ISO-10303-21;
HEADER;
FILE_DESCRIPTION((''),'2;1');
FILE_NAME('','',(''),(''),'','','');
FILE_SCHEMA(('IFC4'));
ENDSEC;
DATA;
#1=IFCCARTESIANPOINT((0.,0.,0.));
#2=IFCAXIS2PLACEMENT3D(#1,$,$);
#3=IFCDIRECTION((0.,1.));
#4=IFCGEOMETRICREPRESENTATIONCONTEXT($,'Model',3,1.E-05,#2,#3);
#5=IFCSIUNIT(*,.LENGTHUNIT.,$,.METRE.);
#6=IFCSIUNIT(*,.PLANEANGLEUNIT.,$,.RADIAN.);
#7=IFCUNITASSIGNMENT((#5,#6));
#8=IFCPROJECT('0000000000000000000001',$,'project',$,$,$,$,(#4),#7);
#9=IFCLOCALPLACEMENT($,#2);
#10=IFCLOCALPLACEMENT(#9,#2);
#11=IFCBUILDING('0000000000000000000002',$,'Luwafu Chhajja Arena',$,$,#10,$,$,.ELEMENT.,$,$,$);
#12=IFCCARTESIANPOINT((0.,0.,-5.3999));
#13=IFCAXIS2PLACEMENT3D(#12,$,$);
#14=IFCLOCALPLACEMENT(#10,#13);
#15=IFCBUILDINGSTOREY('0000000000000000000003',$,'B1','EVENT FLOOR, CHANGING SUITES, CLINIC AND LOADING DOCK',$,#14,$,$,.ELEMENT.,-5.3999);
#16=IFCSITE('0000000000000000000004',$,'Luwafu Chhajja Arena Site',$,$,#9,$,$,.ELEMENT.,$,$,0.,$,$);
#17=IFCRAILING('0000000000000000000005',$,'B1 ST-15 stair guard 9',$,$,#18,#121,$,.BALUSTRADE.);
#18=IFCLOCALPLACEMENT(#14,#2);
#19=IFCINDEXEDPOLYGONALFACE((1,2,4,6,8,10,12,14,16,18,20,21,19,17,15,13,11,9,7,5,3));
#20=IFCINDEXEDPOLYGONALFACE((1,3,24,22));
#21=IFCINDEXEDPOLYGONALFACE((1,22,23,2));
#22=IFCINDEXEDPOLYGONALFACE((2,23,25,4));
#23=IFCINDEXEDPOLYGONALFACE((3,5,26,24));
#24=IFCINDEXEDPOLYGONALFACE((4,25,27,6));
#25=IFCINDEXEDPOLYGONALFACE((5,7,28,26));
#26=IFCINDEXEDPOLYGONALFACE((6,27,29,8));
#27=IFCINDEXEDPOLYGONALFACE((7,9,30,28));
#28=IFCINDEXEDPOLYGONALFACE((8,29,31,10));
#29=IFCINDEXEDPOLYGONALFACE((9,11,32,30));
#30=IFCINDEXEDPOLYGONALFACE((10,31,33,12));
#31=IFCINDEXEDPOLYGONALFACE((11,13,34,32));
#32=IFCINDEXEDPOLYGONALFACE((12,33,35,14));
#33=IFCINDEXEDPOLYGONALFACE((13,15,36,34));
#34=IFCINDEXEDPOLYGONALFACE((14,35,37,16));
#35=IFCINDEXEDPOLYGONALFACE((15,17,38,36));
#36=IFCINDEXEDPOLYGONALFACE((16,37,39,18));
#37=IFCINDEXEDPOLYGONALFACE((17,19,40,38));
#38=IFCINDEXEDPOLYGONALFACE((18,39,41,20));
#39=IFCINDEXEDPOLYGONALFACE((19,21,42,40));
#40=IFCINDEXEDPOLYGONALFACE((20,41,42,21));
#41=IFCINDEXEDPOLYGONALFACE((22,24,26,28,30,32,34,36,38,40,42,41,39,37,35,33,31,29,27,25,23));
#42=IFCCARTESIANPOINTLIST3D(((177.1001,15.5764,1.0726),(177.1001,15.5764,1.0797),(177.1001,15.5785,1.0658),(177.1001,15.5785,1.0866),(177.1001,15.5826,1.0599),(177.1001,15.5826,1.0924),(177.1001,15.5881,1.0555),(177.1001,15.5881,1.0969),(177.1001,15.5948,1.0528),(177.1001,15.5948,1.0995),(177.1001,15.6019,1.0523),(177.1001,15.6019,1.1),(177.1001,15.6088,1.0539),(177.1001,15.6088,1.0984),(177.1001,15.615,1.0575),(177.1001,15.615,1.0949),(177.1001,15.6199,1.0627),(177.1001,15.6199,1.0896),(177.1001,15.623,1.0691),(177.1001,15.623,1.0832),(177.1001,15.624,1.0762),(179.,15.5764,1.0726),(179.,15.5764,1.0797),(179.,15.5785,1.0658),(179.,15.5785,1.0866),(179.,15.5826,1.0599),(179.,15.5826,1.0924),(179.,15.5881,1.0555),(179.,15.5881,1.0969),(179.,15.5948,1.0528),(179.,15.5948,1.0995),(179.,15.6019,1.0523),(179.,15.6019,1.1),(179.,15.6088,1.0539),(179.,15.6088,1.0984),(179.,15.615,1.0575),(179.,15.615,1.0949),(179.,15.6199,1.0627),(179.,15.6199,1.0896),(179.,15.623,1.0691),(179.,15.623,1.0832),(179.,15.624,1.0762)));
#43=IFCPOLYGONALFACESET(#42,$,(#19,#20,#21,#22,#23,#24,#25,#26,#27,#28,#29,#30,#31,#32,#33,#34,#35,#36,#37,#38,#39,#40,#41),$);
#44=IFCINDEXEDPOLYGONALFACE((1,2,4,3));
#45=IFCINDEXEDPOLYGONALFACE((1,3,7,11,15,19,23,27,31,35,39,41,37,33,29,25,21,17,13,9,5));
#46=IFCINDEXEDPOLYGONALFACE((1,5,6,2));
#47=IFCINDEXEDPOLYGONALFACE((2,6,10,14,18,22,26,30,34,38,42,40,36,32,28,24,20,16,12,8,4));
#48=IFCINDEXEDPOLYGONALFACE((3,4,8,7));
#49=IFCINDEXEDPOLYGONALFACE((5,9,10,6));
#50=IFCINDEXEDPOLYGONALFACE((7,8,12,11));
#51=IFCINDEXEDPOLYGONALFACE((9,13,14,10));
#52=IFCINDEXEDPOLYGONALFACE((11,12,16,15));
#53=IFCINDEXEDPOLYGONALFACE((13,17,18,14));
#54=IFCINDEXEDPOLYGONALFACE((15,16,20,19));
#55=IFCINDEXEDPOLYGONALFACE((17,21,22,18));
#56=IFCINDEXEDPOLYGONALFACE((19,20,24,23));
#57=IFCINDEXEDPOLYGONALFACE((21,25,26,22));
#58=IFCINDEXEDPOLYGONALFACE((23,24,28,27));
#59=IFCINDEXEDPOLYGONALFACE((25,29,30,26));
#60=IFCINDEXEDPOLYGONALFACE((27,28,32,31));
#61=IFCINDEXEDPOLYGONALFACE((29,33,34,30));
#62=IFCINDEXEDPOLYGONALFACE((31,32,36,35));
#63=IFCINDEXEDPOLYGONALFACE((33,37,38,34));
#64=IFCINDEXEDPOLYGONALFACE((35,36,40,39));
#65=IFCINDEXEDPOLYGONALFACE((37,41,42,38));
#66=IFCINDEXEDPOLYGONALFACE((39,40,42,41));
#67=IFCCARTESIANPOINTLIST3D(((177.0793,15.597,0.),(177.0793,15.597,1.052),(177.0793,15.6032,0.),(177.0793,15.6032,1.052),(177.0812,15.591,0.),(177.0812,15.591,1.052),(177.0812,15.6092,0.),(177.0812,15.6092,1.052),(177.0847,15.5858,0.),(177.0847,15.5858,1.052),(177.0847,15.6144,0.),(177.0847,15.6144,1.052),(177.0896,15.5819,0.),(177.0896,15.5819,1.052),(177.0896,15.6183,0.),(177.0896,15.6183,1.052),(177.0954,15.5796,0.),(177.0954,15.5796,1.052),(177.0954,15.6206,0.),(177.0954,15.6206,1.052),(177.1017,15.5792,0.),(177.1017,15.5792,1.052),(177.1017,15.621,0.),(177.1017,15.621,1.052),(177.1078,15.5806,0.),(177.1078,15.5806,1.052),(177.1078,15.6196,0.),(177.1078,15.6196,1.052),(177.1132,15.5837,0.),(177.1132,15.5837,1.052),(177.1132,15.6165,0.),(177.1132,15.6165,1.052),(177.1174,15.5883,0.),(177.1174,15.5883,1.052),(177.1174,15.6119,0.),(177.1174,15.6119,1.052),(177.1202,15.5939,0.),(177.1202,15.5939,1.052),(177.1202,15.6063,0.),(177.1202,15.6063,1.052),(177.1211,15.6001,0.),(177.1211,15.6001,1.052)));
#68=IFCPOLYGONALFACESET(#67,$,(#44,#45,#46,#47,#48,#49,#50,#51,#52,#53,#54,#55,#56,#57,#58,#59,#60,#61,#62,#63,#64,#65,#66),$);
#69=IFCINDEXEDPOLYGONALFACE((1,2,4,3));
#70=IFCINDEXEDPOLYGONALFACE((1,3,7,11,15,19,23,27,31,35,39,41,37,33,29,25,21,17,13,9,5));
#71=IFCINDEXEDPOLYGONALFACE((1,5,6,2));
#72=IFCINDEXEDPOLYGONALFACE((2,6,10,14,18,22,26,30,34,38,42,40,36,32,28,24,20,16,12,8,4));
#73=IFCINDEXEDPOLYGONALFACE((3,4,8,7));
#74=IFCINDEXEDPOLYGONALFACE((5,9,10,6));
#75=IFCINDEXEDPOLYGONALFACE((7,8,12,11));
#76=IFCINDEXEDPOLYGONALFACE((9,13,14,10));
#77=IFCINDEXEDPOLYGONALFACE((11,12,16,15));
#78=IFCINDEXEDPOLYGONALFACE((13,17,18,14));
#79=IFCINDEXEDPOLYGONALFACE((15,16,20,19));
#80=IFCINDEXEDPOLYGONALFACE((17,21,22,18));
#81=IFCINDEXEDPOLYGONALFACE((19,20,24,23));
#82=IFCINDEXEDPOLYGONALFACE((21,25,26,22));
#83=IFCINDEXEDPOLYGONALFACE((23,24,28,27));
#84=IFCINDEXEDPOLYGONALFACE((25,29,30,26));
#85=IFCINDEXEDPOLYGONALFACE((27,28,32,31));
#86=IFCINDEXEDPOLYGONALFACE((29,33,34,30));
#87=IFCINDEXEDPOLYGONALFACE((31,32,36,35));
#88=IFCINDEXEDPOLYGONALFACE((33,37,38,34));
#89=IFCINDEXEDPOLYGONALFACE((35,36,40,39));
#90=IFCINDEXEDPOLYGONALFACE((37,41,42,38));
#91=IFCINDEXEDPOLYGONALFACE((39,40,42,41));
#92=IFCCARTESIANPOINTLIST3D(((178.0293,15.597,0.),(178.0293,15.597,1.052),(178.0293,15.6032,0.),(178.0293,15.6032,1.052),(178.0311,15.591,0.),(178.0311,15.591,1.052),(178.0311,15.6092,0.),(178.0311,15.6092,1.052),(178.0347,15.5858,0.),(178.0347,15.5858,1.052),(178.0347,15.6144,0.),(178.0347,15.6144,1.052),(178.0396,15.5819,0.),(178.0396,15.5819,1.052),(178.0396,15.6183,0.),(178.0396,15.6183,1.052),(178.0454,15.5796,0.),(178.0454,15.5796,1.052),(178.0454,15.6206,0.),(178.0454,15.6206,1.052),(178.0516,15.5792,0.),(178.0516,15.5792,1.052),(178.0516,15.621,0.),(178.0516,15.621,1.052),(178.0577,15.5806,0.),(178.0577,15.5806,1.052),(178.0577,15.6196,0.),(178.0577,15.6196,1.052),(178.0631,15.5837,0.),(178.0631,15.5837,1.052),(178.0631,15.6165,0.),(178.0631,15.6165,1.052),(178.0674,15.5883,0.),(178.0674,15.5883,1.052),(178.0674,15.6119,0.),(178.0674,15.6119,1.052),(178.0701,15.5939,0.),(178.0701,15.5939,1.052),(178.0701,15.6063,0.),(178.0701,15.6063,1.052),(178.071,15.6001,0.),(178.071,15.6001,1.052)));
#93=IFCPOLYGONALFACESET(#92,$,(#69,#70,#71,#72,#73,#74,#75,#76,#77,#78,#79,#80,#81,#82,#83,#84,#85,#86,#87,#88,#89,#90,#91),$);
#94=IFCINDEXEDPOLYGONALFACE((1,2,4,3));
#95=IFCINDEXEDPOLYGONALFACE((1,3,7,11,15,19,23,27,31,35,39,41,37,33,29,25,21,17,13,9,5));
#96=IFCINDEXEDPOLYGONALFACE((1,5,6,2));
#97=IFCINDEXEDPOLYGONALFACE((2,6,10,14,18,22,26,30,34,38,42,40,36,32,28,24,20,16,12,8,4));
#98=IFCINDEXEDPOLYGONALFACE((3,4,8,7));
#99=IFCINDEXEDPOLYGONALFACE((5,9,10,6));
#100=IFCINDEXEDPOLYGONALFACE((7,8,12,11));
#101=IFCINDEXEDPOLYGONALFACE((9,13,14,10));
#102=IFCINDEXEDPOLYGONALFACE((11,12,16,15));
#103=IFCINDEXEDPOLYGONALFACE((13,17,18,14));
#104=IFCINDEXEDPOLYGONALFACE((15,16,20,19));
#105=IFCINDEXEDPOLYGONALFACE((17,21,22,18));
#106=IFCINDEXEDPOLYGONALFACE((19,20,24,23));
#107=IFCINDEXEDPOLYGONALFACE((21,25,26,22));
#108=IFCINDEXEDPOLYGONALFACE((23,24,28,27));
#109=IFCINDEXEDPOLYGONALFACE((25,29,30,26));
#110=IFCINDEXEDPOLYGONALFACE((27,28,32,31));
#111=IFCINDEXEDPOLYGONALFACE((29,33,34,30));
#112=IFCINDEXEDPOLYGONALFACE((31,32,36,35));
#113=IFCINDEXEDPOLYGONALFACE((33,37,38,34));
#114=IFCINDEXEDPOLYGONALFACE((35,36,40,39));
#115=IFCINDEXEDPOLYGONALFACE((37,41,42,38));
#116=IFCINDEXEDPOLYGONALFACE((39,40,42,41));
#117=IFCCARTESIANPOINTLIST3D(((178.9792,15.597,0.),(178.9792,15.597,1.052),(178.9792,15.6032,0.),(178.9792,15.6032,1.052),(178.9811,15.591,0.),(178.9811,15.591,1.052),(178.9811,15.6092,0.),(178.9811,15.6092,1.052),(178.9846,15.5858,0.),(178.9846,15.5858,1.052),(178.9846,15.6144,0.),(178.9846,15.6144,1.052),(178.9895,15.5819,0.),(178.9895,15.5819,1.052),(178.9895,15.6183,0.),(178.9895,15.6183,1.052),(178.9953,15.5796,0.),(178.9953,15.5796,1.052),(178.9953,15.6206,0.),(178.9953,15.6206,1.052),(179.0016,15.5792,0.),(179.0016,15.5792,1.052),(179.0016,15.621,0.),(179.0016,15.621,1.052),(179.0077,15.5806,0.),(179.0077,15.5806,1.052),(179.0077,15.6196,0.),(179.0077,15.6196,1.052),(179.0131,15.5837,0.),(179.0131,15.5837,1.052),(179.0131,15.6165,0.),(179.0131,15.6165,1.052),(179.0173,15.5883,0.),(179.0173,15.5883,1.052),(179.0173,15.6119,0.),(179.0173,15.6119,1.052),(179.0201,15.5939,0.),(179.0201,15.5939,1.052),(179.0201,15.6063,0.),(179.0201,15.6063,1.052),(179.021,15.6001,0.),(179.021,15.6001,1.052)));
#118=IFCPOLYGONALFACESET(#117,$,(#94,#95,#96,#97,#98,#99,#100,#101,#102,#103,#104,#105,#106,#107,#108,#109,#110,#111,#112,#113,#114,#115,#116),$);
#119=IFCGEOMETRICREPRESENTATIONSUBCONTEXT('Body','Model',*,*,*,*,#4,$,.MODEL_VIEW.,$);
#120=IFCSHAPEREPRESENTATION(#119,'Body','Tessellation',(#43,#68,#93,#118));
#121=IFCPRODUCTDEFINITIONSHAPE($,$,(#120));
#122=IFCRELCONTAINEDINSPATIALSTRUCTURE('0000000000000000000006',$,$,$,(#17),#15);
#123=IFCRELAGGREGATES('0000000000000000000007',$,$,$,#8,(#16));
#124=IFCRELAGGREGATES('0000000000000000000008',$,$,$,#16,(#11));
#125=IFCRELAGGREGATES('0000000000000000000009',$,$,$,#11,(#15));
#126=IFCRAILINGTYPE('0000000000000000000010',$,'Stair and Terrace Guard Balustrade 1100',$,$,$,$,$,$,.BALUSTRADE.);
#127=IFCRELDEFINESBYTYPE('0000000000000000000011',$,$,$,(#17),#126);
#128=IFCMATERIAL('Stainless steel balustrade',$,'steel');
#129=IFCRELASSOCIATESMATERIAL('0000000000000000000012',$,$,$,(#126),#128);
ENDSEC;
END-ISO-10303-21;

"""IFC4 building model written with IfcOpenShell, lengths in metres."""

from ifc_helpers import new_model, si_unit, direction, frame, origin, origin_2d, place, context, subcontext, project, spatial, circle, extrude, material, type_object, element, save


model = new_model("IFC4")

# Units and contexts
model_context = context("Model", 3, precision=1e-05, world=origin(), true_north=direction((0.0, 1.0)))
body_context = subcontext(model_context, "Body", "Model", "MODEL_VIEW")
ifc_project = project(units=[si_unit("LENGTHUNIT", "METRE"), si_unit("PLANEANGLEUNIT", "RADIAN")], contexts=[model_context])

# Site, building, storey
site_placement = place(None, origin())
site = spatial("IfcSite", under=ifc_project, at=site_placement, Name="Luwafu Chhajja Arena Site", CompositionType="ELEMENT", RefElevation=0.0)
building_placement = place(site_placement, origin())
building = spatial("IfcBuilding", under=site, at=building_placement, Name="Luwafu Chhajja Arena", CompositionType="ELEMENT")
storey_placement = place(building_placement, frame((0.0, 0.0, -5.3999)))
storey = spatial("IfcBuildingStorey", under=building, at=storey_placement, Name="B1", Description="EVENT FLOOR, CHANGING SUITES, CLINIC AND LOADING DOCK", CompositionType="ELEMENT", Elevation=-5.3999)

# Railing
ifc_material_1 = material(Name="Stainless steel balustrade", Category="steel")
railing_type_1 = type_object("IfcRailingType", Name="Stair and Terrace Guard Balustrade 1100", PredefinedType="BALUSTRADE", material=ifc_material_1)
railing_1_placement = place(storey_placement, frame((177.1001, 15.6001, 0.0)))
element("IfcRailing", 1, at=railing_1_placement, inside=storey, type_object=railing_type_1, Name="B1 ST-15 stair guard 9", PredefinedType="BALUSTRADE", context=body_context, shape_type="SweptSolid", body=[
    extrude(circle(Radius=0.0239, at=origin_2d()), frame((0.0, 0.0, 1.0762), z_axis=(1.0, 0.0, 0.0), x_axis=(0.0, 1.0, 0.0)), (0.0, 0.0, 1.0), 1.8999),
    extrude(circle(Radius=0.021, at=origin_2d()), origin(), (0.0, 0.0, 1.0), 1.052),
    extrude(circle(Radius=0.021, at=origin_2d()), frame((0.95, 0.0, 0.0)), (0.0, 0.0, 1.0), 1.052),
    extrude(circle(Radius=0.021, at=origin_2d()), frame((1.8999, 0.0, 0.0)), (0.0, 0.0, 1.0), 1.052),
])

save(model, "model.ifc")
